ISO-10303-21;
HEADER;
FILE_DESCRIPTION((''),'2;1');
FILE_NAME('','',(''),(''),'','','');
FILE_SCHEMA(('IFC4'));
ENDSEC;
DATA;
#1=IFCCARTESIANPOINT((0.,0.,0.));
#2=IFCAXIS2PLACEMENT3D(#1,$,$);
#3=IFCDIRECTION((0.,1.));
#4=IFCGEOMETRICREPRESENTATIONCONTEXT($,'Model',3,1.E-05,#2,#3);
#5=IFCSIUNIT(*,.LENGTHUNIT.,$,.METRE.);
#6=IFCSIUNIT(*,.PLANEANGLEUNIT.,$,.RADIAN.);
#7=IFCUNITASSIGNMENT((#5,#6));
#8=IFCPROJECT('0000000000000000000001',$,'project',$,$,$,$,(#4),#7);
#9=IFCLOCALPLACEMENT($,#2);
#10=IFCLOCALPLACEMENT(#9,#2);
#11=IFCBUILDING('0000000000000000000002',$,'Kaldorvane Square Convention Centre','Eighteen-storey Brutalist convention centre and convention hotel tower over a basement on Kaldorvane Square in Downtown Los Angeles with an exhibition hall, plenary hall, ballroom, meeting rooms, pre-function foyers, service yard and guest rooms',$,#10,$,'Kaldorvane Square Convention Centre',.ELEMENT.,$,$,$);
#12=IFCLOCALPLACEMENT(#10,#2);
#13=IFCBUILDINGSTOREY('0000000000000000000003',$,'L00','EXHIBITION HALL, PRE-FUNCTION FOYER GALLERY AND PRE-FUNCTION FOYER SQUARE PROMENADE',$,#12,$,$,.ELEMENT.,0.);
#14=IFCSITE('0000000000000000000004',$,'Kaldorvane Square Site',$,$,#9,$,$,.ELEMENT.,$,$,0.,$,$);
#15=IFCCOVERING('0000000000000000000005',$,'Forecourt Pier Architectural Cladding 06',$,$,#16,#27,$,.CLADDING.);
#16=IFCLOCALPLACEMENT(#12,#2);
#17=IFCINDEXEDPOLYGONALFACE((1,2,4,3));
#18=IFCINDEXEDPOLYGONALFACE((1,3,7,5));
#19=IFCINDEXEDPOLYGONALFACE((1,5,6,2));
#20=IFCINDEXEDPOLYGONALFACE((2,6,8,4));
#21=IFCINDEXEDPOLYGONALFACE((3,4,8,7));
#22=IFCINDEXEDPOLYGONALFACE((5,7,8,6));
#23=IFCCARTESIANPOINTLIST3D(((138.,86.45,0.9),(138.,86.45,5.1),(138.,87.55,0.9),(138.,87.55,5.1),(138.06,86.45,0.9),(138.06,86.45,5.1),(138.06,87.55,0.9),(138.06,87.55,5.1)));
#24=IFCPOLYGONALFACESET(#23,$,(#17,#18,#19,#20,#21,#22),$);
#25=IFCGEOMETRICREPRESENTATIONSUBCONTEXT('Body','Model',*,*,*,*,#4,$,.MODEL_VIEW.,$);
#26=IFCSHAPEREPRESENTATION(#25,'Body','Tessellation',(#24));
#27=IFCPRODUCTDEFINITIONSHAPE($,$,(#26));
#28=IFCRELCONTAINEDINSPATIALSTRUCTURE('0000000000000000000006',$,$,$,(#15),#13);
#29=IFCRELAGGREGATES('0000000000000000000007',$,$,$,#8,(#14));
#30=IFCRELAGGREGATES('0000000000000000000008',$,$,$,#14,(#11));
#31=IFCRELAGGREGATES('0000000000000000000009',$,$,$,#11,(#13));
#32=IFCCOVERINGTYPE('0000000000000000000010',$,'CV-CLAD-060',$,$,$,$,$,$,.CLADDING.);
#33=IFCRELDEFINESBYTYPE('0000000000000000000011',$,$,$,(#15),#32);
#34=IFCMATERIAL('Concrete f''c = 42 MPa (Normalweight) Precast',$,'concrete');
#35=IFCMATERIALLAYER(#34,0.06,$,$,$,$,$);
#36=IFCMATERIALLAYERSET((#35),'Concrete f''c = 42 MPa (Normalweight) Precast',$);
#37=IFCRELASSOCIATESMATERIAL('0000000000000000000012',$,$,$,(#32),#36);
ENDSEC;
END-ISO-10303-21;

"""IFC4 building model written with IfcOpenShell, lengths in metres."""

from ifc_helpers import new_model, si_unit, direction, frame, origin, origin_2d, place, context, subcontext, project, spatial, rectangle, extrude, material, layer, layer_set, type_object, element, save


model = new_model("IFC4")

# Units and contexts
model_context = context("Model", 3, precision=1e-05, world=origin(), true_north=direction((0.0, 1.0)))
body_context = subcontext(model_context, "Body", "Model", "MODEL_VIEW")
ifc_project = project(units=[si_unit("LENGTHUNIT", "METRE"), si_unit("PLANEANGLEUNIT", "RADIAN")], contexts=[model_context])

# Site, building, storey
site_placement = place(None, origin())
site = spatial("IfcSite", under=ifc_project, at=site_placement, Name="Kaldorvane Square Site", CompositionType="ELEMENT", RefElevation=0.0)
building_placement = place(site_placement, origin())
building = spatial("IfcBuilding", under=site, at=building_placement, Name="Kaldorvane Square Convention Centre", Description="Eighteen-storey Brutalist convention centre and convention hotel tower over a basement on Kaldorvane Square in Downtown Los Angeles with an exhibition hall, plenary hall, ballroom, meeting rooms, pre-function foyers, service yard and guest rooms", LongName="Kaldorvane Square Convention Centre", CompositionType="ELEMENT")
storey_placement = place(building_placement, origin())
storey = spatial("IfcBuildingStorey", under=building, at=storey_placement, Name="L00", Description="EXHIBITION HALL, PRE-FUNCTION FOYER GALLERY AND PRE-FUNCTION FOYER SQUARE PROMENADE", CompositionType="ELEMENT", Elevation=0.0)

# Covering
ifc_material_1 = material(Name="Concrete f'c = 42 MPa (Normalweight) Precast", Category="concrete")
ifc_layer_1 = layer(ifc_material_1, 0.06)
ifc_layer_set_1 = layer_set([ifc_layer_1], Name="Concrete f'c = 42 MPa (Normalweight) Precast")
covering_type = type_object("IfcCoveringType", Name="CV-CLAD-060", PredefinedType="CLADDING", material=ifc_layer_set_1)
covering_placement = place(storey_placement, frame((138.03, 87.0, 0.9), z_axis=(0.0, 0.0, 1.0), x_axis=(1.0, 0.0, 0.0)))
element("IfcCovering", 1, at=covering_placement, inside=storey, type_object=covering_type, Name="Forecourt Pier Architectural Cladding 06", PredefinedType="CLADDING", context=body_context, shape_type="SweptSolid", body=[
    extrude(rectangle(XDim=0.06, YDim=1.1, at=origin_2d()), origin(), (0.0, 0.0, 1.0), 4.2),
])

save(model, "model.ifc")
